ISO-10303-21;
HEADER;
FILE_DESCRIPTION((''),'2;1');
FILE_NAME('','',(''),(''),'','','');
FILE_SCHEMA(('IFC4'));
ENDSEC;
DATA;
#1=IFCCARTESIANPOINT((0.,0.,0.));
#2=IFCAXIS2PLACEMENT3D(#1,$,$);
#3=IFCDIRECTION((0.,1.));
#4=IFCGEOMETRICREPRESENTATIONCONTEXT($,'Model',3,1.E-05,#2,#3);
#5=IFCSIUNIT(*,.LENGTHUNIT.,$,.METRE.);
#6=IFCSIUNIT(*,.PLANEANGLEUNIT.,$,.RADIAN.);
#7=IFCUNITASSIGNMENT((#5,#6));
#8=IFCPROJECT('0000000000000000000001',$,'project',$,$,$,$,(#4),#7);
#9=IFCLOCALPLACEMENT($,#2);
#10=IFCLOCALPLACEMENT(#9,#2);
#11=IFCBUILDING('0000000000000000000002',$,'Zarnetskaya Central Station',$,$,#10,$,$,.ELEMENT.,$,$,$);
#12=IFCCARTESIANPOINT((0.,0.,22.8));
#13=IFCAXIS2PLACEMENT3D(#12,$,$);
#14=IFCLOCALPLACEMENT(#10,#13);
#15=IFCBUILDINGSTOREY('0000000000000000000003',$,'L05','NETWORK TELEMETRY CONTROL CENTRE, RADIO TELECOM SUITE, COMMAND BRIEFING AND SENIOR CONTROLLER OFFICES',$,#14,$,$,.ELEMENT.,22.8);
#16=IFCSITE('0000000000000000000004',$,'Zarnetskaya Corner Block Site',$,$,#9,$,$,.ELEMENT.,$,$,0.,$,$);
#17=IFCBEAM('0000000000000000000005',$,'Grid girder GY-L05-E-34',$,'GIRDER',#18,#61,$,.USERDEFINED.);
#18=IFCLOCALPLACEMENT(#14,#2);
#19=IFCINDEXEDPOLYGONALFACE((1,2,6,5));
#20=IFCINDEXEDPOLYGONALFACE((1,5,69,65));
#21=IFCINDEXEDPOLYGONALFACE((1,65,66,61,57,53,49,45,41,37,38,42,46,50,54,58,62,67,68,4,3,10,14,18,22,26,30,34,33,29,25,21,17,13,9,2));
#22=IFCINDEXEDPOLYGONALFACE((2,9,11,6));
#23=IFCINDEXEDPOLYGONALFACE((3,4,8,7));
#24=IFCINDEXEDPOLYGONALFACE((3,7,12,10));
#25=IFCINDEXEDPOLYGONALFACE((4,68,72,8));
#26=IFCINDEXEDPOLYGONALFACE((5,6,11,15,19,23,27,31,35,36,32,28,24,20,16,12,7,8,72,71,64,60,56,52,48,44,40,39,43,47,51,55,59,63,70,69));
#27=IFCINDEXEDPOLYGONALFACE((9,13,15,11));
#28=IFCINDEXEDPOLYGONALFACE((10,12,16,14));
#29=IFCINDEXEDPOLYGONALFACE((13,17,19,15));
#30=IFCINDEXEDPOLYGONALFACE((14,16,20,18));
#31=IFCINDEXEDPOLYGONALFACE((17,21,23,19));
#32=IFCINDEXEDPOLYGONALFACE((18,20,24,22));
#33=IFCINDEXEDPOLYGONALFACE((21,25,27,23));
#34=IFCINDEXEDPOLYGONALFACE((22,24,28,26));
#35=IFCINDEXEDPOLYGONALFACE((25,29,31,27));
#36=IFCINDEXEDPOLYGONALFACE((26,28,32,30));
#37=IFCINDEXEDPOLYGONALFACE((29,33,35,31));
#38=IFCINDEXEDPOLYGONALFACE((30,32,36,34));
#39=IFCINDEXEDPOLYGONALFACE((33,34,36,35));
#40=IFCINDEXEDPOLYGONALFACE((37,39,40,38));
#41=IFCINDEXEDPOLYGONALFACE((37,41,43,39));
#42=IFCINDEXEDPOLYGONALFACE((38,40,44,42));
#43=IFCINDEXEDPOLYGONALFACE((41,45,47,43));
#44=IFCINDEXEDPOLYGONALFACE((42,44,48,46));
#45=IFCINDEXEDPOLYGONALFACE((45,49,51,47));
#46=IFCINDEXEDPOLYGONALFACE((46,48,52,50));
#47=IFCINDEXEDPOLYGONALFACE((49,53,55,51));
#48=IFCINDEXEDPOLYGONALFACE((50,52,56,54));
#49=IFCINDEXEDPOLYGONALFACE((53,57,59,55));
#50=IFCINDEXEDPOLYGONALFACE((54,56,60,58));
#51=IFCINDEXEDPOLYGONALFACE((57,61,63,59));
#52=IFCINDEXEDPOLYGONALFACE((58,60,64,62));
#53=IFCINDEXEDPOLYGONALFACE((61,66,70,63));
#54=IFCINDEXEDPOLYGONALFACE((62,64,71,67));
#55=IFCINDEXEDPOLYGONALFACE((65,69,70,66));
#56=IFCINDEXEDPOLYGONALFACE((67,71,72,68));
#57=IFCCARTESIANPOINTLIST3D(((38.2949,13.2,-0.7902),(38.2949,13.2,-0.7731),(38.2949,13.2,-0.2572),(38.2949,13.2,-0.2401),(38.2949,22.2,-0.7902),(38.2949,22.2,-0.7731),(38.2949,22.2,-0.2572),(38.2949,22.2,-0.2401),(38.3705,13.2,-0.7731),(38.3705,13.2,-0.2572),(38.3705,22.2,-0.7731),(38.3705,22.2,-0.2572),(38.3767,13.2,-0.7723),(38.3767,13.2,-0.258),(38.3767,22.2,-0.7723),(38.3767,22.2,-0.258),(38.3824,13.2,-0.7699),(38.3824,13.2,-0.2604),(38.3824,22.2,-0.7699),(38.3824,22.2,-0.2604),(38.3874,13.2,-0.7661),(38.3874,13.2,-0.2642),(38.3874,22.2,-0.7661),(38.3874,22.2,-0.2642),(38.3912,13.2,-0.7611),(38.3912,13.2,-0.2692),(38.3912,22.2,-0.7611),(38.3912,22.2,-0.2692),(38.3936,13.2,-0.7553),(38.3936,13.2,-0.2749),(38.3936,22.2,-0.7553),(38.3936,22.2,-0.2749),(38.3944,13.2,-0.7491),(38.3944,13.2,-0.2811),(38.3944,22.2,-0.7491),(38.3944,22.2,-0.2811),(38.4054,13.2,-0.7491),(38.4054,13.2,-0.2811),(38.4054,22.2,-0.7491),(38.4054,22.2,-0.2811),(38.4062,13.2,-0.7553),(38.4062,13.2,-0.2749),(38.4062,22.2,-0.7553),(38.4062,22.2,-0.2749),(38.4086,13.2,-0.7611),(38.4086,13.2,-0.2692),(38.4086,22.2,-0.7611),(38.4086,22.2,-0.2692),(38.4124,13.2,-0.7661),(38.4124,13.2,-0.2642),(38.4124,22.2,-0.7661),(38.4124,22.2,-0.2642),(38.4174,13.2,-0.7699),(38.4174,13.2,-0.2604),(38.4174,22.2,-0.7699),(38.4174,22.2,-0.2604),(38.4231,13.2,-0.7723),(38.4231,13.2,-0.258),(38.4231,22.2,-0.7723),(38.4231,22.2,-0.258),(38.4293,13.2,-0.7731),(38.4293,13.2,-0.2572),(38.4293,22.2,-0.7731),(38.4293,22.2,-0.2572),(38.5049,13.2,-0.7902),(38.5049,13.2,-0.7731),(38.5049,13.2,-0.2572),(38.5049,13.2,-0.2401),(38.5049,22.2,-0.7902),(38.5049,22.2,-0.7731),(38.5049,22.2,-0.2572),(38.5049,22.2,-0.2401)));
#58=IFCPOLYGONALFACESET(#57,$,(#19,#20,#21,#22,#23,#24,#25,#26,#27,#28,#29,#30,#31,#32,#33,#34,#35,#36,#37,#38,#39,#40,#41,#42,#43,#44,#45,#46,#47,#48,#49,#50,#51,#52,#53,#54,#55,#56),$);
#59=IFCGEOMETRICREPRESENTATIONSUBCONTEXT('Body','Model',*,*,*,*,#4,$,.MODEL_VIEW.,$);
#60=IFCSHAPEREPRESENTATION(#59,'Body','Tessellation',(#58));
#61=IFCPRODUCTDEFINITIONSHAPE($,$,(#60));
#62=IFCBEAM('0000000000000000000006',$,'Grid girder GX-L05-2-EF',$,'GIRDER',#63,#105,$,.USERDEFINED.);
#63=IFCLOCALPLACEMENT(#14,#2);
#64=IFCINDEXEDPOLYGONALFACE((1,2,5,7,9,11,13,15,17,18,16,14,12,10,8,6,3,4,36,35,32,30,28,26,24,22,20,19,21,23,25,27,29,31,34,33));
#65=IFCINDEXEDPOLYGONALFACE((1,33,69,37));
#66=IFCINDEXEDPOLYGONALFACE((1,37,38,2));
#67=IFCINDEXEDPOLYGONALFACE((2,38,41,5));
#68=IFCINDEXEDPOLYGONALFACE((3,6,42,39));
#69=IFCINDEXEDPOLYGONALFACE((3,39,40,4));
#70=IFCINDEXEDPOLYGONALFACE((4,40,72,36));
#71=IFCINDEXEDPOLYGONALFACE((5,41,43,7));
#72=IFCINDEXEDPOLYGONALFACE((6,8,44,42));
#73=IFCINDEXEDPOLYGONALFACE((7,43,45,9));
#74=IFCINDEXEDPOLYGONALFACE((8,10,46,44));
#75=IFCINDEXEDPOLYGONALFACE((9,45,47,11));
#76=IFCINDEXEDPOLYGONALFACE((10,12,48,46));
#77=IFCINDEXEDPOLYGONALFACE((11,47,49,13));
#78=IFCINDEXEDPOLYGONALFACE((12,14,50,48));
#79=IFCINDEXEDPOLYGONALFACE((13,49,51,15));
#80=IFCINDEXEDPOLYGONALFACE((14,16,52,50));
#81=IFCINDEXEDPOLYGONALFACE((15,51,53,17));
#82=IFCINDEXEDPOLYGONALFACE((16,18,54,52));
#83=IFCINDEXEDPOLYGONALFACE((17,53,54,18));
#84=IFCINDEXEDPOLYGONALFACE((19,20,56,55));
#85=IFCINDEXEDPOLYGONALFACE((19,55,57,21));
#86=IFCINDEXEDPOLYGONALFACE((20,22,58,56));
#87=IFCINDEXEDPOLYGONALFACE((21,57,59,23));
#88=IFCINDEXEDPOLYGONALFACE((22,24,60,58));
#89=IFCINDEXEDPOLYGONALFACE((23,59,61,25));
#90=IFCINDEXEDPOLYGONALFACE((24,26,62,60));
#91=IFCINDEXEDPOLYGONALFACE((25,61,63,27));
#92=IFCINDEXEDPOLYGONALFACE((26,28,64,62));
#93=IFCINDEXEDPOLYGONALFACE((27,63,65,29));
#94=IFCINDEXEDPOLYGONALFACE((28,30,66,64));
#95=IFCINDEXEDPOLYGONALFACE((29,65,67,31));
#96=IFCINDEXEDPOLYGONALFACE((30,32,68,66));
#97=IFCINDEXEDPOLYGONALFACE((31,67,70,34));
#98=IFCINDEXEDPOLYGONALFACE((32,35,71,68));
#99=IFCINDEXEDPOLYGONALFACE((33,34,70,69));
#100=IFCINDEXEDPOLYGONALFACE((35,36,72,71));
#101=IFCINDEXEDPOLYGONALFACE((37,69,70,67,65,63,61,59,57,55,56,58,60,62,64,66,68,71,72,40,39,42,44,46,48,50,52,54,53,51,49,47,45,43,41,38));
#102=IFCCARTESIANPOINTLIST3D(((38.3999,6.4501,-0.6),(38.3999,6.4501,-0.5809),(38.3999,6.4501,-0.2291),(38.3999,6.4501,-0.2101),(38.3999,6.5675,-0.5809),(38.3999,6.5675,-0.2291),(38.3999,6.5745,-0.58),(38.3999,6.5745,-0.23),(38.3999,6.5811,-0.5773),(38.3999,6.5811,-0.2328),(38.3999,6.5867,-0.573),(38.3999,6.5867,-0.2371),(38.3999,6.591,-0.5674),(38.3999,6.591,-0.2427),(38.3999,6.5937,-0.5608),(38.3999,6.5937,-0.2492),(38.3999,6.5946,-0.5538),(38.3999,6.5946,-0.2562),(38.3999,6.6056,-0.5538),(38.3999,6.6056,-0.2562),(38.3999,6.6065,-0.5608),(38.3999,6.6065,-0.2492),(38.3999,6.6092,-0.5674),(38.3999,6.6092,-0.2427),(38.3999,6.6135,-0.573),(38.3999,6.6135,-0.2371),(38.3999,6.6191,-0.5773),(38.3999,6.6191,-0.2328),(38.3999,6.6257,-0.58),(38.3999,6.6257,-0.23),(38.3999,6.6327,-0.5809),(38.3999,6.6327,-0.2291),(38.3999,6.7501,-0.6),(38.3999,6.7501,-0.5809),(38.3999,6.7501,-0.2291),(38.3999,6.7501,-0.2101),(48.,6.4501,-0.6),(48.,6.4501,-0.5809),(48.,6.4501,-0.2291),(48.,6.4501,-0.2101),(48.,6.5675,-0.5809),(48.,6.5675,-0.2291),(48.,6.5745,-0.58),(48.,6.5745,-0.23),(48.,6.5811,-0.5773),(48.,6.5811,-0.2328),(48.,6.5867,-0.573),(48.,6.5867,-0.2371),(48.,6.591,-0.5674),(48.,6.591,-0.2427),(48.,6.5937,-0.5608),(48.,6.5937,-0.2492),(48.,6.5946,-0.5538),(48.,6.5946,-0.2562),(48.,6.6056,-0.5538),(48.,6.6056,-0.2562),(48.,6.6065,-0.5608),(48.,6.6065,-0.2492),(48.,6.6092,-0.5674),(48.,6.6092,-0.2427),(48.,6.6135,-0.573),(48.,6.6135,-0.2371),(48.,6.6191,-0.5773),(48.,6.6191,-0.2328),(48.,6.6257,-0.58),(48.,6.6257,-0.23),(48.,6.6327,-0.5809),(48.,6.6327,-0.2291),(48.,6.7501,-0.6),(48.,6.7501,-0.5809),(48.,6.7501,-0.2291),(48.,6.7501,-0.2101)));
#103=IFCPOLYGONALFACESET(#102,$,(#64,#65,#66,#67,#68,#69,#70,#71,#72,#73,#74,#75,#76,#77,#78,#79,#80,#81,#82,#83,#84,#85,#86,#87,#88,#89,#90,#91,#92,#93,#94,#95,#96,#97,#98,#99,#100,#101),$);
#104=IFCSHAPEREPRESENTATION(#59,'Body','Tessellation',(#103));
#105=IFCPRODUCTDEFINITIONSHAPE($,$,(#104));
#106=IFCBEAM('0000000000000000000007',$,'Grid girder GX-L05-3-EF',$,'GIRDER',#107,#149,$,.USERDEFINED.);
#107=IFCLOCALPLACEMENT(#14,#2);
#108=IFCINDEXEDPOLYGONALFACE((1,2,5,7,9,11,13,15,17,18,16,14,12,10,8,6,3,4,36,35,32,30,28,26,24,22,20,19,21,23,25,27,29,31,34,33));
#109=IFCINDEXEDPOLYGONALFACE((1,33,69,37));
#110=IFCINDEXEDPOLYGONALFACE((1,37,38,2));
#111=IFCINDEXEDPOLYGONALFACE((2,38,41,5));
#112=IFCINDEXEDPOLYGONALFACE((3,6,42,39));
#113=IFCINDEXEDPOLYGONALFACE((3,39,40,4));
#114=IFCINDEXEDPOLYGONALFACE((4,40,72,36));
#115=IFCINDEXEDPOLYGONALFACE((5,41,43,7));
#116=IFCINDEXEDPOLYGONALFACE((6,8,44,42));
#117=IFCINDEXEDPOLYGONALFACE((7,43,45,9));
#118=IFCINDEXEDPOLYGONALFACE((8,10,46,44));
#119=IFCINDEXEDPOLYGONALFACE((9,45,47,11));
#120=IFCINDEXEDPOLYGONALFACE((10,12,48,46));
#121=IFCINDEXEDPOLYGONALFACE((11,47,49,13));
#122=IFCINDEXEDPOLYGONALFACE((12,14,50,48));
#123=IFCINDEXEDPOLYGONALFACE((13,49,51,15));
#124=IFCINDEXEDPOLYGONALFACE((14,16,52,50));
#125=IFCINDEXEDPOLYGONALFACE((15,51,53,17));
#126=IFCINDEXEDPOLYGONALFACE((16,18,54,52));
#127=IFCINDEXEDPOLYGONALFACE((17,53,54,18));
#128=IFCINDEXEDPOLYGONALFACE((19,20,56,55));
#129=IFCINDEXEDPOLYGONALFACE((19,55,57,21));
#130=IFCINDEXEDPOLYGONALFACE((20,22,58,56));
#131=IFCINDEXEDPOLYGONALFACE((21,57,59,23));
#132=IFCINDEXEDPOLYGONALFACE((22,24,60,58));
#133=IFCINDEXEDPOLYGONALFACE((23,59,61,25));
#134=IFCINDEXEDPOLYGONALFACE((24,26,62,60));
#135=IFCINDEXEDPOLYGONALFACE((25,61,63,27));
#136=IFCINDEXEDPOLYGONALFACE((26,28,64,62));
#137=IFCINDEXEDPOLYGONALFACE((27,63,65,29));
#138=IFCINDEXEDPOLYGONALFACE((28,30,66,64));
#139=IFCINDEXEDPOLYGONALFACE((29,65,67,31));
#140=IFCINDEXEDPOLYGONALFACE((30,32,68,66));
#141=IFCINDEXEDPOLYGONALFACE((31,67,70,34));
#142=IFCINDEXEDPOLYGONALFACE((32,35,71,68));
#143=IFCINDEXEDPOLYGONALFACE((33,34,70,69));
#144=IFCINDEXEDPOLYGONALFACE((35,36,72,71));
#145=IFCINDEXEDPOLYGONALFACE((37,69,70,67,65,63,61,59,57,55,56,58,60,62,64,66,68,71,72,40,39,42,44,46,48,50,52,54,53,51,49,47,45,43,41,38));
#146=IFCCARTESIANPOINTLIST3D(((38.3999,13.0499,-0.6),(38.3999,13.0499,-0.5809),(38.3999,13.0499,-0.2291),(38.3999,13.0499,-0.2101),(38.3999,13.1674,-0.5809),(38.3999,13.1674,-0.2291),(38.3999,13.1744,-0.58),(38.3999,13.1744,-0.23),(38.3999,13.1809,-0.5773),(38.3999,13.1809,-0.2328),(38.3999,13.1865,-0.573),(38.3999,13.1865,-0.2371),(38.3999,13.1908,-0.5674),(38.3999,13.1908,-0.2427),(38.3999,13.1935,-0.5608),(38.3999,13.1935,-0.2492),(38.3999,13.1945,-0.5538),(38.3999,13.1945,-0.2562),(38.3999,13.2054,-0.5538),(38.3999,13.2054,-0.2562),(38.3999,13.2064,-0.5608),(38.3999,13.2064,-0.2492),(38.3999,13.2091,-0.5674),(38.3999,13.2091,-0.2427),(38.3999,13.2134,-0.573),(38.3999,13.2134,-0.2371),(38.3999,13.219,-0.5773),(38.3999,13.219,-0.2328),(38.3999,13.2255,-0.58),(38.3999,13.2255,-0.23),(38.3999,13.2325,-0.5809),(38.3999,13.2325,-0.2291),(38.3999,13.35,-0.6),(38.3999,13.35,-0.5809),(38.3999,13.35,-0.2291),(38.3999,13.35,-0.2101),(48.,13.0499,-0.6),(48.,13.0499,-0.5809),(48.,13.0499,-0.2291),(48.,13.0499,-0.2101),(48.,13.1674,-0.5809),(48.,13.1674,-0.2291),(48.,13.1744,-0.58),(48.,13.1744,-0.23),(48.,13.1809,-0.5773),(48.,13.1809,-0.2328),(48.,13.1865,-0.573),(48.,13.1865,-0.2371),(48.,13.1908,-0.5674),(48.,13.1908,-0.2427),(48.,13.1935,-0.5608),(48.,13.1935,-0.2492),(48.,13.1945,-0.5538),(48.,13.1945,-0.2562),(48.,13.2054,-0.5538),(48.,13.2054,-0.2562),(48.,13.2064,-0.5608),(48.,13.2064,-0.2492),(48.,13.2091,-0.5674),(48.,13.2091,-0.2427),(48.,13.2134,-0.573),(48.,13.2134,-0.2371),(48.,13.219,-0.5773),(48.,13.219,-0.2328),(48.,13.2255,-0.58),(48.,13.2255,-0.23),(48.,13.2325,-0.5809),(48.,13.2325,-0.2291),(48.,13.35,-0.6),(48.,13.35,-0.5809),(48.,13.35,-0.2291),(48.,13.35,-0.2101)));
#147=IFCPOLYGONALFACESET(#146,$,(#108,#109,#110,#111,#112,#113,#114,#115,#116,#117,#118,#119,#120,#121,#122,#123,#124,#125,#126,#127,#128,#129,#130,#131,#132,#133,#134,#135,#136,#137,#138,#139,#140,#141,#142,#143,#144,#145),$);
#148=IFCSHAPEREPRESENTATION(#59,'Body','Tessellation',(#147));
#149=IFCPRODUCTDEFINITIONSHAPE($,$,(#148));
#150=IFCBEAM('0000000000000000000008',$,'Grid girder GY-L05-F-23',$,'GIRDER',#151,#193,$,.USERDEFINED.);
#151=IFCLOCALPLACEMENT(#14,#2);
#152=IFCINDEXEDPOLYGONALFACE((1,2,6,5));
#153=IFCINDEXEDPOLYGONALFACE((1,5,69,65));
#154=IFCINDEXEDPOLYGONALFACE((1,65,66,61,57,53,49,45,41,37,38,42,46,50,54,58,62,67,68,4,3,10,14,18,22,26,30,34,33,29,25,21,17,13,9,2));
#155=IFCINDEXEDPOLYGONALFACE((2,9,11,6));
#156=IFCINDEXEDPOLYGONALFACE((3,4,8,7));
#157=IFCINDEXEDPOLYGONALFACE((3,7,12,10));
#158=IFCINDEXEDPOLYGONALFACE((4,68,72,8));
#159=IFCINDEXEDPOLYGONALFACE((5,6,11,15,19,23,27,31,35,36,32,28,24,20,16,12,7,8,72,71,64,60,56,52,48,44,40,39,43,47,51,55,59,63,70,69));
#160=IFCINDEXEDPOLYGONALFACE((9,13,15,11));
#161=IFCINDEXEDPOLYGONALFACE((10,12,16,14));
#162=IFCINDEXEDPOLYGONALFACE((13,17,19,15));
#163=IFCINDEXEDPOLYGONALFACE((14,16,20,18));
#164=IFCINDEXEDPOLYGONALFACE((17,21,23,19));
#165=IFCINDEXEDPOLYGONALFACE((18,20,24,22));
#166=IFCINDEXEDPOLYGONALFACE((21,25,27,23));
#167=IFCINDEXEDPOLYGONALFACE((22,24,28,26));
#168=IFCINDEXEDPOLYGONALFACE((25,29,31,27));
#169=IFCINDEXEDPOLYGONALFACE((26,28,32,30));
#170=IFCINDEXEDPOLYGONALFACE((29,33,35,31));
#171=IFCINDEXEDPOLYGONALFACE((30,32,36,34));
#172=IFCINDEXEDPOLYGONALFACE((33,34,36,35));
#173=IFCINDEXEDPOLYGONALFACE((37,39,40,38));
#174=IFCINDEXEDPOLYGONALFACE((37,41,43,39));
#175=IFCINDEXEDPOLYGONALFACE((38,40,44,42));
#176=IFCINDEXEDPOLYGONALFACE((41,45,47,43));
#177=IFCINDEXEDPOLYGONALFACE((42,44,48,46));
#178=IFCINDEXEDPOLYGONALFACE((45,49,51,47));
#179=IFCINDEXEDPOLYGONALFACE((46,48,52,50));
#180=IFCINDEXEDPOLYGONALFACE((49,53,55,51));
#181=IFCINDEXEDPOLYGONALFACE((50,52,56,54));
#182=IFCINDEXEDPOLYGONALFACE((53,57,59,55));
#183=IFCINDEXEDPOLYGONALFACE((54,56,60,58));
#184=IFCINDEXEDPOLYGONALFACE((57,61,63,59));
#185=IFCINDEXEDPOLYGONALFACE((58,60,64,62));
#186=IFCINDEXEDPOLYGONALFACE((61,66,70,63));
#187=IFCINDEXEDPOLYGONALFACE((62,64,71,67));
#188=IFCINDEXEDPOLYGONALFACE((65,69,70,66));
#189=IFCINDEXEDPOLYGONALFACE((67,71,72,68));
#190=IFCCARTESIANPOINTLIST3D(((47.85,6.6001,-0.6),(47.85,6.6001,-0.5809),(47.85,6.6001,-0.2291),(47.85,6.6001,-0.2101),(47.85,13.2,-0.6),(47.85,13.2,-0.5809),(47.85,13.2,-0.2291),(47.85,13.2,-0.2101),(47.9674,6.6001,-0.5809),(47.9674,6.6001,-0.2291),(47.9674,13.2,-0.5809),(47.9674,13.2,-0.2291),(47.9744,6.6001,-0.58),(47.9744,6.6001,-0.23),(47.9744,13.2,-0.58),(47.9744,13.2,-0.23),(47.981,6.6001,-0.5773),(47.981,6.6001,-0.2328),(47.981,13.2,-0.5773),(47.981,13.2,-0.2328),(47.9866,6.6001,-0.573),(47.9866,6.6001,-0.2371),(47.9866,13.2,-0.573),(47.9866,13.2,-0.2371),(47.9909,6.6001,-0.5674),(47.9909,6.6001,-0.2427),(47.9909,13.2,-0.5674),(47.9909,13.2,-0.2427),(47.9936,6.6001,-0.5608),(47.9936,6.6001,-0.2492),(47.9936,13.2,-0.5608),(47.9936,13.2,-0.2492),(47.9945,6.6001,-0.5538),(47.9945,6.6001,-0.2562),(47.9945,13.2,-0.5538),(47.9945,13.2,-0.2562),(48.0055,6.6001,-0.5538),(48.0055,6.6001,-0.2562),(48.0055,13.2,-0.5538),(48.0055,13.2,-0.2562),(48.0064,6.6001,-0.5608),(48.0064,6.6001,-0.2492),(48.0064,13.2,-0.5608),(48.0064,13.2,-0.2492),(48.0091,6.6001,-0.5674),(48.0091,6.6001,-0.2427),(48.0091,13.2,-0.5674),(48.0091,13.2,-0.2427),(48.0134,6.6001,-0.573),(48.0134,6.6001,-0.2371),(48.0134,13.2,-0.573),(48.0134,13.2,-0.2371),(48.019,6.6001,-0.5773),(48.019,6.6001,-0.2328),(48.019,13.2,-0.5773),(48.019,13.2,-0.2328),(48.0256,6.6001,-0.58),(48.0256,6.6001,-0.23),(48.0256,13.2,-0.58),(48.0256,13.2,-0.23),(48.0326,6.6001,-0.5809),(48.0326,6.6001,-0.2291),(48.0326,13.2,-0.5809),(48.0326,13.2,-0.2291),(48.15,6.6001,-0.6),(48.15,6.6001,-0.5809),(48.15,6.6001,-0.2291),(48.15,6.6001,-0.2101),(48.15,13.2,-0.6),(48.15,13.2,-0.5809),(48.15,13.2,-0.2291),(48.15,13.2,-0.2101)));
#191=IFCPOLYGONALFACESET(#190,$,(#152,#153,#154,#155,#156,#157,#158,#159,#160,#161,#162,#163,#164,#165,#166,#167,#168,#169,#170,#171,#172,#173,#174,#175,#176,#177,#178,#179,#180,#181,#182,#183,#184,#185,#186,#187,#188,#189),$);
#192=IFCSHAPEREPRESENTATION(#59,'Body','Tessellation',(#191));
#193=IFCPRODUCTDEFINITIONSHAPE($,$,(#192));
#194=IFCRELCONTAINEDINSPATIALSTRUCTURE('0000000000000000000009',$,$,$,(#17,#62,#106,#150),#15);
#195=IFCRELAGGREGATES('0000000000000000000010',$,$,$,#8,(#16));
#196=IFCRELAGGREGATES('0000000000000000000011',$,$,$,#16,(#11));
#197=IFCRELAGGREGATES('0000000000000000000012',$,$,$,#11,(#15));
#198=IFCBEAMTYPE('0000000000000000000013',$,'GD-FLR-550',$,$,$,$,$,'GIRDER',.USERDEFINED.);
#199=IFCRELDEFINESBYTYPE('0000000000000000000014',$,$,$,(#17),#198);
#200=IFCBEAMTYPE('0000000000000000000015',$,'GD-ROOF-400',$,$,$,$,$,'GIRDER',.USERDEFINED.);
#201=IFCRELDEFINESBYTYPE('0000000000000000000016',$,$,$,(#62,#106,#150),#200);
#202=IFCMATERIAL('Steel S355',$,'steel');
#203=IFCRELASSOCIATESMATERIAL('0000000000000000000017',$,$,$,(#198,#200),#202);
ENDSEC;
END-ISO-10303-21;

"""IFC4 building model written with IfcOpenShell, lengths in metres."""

from ifc_helpers import new_model, si_unit, direction, frame, origin, origin_2d, place, context, subcontext, project, spatial, i_section, extrude, material, material_profile, profile_set, type_object, element, save


model = new_model("IFC4")

# Units and contexts
model_context = context("Model", 3, precision=1e-05, world=origin(), true_north=direction((0.0, 1.0)))
body_context = subcontext(model_context, "Body", "Model", "MODEL_VIEW")
ifc_project = project(units=[si_unit("LENGTHUNIT", "METRE"), si_unit("PLANEANGLEUNIT", "RADIAN")], contexts=[model_context])

# Site, building, storey
site_placement = place(None, origin())
site = spatial("IfcSite", under=ifc_project, at=site_placement, Name="Zarnetskaya Corner Block Site", CompositionType="ELEMENT", RefElevation=0.0)
building_placement = place(site_placement, origin())
building = spatial("IfcBuilding", under=site, at=building_placement, Name="Zarnetskaya Central Station", CompositionType="ELEMENT")
storey_placement = place(building_placement, frame((0.0, 0.0, 22.8)))
storey = spatial("IfcBuildingStorey", under=building, at=storey_placement, Name="L05", Description="NETWORK TELEMETRY CONTROL CENTRE, RADIO TELECOM SUITE, COMMAND BRIEFING AND SENIOR CONTROLLER OFFICES", CompositionType="ELEMENT", Elevation=22.8)

# Shared definitions
ifc_material_1 = material(Name="Steel S355", Category="steel")

# Beams
ifc_material_profile_1 = material_profile(ifc_material_1, i_section(OverallWidth=0.21, OverallDepth=0.55, WebThickness=0.011, FlangeThickness=0.0171, FilletRadius=0.0239, at=origin_2d()), Name="IPE 550")
ifc_profile_set_1 = profile_set([ifc_material_profile_1], Name="Steel S355")
beam_type_1 = type_object("IfcBeamType", Name="GD-FLR-550", ElementType="GIRDER", PredefinedType="USERDEFINED", material=ifc_profile_set_1)
beam_1_placement = place(storey_placement, frame((38.3999, 13.2, -0.5151), z_axis=(0.0, 1.0, 0.0), x_axis=(-1.0, 0.0, 0.0)))
element("IfcBeam", 1, at=beam_1_placement, inside=storey, type_object=beam_type_1, Name="Grid girder GY-L05-E-34", ObjectType="GIRDER", PredefinedType="USERDEFINED", context=body_context, shape_type="SweptSolid", body=[
    extrude(i_section(OverallWidth=0.21, OverallDepth=0.55, WebThickness=0.011, FlangeThickness=0.0171, FilletRadius=0.0239, at=origin_2d()), origin(), (0.0, 0.0, 1.0), 9.0),
])
ifc_material_profile_2 = material_profile(ifc_material_1, i_section(OverallWidth=0.3, OverallDepth=0.3899, WebThickness=0.011, FlangeThickness=0.019, FilletRadius=0.0271, at=origin_2d()), Name="HEA 400")
ifc_profile_set_2 = profile_set([ifc_material_profile_2], Name="Steel S355")
beam_type_2 = type_object("IfcBeamType", Name="GD-ROOF-400", ElementType="GIRDER", PredefinedType="USERDEFINED", material=ifc_profile_set_2)
for number, where, z_axis, x_axis, name in (
    (2, (38.3999, 6.6001, -0.405), (1.0, 0.0, 0.0), (0.0, 1.0, 0.0), "Grid girder GX-L05-2-EF"),
    (3, (38.3999, 13.2, -0.405), (1.0, 0.0, 0.0), (0.0, 1.0, 0.0), "Grid girder GX-L05-3-EF"),
):
    element("IfcBeam", number, at=place(storey_placement, frame(where, z_axis=z_axis, x_axis=x_axis)), inside=storey, type_object=beam_type_2, Name=name, ObjectType="GIRDER", PredefinedType="USERDEFINED", context=body_context, shape_type="SweptSolid", body=[
        extrude(i_section(OverallWidth=0.3, OverallDepth=0.3899, WebThickness=0.011, FlangeThickness=0.019, FilletRadius=0.0271, at=origin_2d()), origin(), (0.0, 0.0, 1.0), 9.6001),
    ])
beam_2_placement = place(storey_placement, frame((48.0, 6.6001, -0.405), z_axis=(0.0, 1.0, 0.0), x_axis=(-1.0, 0.0, 0.0)))
element("IfcBeam", 4, at=beam_2_placement, inside=storey, type_object=beam_type_2, Name="Grid girder GY-L05-F-23", ObjectType="GIRDER", PredefinedType="USERDEFINED", context=body_context, shape_type="SweptSolid", body=[
    extrude(i_section(OverallWidth=0.3, OverallDepth=0.3899, WebThickness=0.011, FlangeThickness=0.019, FilletRadius=0.0271, at=origin_2d()), origin(), (0.0, 0.0, 1.0), 6.5999),
])

save(model, "model.ifc")
